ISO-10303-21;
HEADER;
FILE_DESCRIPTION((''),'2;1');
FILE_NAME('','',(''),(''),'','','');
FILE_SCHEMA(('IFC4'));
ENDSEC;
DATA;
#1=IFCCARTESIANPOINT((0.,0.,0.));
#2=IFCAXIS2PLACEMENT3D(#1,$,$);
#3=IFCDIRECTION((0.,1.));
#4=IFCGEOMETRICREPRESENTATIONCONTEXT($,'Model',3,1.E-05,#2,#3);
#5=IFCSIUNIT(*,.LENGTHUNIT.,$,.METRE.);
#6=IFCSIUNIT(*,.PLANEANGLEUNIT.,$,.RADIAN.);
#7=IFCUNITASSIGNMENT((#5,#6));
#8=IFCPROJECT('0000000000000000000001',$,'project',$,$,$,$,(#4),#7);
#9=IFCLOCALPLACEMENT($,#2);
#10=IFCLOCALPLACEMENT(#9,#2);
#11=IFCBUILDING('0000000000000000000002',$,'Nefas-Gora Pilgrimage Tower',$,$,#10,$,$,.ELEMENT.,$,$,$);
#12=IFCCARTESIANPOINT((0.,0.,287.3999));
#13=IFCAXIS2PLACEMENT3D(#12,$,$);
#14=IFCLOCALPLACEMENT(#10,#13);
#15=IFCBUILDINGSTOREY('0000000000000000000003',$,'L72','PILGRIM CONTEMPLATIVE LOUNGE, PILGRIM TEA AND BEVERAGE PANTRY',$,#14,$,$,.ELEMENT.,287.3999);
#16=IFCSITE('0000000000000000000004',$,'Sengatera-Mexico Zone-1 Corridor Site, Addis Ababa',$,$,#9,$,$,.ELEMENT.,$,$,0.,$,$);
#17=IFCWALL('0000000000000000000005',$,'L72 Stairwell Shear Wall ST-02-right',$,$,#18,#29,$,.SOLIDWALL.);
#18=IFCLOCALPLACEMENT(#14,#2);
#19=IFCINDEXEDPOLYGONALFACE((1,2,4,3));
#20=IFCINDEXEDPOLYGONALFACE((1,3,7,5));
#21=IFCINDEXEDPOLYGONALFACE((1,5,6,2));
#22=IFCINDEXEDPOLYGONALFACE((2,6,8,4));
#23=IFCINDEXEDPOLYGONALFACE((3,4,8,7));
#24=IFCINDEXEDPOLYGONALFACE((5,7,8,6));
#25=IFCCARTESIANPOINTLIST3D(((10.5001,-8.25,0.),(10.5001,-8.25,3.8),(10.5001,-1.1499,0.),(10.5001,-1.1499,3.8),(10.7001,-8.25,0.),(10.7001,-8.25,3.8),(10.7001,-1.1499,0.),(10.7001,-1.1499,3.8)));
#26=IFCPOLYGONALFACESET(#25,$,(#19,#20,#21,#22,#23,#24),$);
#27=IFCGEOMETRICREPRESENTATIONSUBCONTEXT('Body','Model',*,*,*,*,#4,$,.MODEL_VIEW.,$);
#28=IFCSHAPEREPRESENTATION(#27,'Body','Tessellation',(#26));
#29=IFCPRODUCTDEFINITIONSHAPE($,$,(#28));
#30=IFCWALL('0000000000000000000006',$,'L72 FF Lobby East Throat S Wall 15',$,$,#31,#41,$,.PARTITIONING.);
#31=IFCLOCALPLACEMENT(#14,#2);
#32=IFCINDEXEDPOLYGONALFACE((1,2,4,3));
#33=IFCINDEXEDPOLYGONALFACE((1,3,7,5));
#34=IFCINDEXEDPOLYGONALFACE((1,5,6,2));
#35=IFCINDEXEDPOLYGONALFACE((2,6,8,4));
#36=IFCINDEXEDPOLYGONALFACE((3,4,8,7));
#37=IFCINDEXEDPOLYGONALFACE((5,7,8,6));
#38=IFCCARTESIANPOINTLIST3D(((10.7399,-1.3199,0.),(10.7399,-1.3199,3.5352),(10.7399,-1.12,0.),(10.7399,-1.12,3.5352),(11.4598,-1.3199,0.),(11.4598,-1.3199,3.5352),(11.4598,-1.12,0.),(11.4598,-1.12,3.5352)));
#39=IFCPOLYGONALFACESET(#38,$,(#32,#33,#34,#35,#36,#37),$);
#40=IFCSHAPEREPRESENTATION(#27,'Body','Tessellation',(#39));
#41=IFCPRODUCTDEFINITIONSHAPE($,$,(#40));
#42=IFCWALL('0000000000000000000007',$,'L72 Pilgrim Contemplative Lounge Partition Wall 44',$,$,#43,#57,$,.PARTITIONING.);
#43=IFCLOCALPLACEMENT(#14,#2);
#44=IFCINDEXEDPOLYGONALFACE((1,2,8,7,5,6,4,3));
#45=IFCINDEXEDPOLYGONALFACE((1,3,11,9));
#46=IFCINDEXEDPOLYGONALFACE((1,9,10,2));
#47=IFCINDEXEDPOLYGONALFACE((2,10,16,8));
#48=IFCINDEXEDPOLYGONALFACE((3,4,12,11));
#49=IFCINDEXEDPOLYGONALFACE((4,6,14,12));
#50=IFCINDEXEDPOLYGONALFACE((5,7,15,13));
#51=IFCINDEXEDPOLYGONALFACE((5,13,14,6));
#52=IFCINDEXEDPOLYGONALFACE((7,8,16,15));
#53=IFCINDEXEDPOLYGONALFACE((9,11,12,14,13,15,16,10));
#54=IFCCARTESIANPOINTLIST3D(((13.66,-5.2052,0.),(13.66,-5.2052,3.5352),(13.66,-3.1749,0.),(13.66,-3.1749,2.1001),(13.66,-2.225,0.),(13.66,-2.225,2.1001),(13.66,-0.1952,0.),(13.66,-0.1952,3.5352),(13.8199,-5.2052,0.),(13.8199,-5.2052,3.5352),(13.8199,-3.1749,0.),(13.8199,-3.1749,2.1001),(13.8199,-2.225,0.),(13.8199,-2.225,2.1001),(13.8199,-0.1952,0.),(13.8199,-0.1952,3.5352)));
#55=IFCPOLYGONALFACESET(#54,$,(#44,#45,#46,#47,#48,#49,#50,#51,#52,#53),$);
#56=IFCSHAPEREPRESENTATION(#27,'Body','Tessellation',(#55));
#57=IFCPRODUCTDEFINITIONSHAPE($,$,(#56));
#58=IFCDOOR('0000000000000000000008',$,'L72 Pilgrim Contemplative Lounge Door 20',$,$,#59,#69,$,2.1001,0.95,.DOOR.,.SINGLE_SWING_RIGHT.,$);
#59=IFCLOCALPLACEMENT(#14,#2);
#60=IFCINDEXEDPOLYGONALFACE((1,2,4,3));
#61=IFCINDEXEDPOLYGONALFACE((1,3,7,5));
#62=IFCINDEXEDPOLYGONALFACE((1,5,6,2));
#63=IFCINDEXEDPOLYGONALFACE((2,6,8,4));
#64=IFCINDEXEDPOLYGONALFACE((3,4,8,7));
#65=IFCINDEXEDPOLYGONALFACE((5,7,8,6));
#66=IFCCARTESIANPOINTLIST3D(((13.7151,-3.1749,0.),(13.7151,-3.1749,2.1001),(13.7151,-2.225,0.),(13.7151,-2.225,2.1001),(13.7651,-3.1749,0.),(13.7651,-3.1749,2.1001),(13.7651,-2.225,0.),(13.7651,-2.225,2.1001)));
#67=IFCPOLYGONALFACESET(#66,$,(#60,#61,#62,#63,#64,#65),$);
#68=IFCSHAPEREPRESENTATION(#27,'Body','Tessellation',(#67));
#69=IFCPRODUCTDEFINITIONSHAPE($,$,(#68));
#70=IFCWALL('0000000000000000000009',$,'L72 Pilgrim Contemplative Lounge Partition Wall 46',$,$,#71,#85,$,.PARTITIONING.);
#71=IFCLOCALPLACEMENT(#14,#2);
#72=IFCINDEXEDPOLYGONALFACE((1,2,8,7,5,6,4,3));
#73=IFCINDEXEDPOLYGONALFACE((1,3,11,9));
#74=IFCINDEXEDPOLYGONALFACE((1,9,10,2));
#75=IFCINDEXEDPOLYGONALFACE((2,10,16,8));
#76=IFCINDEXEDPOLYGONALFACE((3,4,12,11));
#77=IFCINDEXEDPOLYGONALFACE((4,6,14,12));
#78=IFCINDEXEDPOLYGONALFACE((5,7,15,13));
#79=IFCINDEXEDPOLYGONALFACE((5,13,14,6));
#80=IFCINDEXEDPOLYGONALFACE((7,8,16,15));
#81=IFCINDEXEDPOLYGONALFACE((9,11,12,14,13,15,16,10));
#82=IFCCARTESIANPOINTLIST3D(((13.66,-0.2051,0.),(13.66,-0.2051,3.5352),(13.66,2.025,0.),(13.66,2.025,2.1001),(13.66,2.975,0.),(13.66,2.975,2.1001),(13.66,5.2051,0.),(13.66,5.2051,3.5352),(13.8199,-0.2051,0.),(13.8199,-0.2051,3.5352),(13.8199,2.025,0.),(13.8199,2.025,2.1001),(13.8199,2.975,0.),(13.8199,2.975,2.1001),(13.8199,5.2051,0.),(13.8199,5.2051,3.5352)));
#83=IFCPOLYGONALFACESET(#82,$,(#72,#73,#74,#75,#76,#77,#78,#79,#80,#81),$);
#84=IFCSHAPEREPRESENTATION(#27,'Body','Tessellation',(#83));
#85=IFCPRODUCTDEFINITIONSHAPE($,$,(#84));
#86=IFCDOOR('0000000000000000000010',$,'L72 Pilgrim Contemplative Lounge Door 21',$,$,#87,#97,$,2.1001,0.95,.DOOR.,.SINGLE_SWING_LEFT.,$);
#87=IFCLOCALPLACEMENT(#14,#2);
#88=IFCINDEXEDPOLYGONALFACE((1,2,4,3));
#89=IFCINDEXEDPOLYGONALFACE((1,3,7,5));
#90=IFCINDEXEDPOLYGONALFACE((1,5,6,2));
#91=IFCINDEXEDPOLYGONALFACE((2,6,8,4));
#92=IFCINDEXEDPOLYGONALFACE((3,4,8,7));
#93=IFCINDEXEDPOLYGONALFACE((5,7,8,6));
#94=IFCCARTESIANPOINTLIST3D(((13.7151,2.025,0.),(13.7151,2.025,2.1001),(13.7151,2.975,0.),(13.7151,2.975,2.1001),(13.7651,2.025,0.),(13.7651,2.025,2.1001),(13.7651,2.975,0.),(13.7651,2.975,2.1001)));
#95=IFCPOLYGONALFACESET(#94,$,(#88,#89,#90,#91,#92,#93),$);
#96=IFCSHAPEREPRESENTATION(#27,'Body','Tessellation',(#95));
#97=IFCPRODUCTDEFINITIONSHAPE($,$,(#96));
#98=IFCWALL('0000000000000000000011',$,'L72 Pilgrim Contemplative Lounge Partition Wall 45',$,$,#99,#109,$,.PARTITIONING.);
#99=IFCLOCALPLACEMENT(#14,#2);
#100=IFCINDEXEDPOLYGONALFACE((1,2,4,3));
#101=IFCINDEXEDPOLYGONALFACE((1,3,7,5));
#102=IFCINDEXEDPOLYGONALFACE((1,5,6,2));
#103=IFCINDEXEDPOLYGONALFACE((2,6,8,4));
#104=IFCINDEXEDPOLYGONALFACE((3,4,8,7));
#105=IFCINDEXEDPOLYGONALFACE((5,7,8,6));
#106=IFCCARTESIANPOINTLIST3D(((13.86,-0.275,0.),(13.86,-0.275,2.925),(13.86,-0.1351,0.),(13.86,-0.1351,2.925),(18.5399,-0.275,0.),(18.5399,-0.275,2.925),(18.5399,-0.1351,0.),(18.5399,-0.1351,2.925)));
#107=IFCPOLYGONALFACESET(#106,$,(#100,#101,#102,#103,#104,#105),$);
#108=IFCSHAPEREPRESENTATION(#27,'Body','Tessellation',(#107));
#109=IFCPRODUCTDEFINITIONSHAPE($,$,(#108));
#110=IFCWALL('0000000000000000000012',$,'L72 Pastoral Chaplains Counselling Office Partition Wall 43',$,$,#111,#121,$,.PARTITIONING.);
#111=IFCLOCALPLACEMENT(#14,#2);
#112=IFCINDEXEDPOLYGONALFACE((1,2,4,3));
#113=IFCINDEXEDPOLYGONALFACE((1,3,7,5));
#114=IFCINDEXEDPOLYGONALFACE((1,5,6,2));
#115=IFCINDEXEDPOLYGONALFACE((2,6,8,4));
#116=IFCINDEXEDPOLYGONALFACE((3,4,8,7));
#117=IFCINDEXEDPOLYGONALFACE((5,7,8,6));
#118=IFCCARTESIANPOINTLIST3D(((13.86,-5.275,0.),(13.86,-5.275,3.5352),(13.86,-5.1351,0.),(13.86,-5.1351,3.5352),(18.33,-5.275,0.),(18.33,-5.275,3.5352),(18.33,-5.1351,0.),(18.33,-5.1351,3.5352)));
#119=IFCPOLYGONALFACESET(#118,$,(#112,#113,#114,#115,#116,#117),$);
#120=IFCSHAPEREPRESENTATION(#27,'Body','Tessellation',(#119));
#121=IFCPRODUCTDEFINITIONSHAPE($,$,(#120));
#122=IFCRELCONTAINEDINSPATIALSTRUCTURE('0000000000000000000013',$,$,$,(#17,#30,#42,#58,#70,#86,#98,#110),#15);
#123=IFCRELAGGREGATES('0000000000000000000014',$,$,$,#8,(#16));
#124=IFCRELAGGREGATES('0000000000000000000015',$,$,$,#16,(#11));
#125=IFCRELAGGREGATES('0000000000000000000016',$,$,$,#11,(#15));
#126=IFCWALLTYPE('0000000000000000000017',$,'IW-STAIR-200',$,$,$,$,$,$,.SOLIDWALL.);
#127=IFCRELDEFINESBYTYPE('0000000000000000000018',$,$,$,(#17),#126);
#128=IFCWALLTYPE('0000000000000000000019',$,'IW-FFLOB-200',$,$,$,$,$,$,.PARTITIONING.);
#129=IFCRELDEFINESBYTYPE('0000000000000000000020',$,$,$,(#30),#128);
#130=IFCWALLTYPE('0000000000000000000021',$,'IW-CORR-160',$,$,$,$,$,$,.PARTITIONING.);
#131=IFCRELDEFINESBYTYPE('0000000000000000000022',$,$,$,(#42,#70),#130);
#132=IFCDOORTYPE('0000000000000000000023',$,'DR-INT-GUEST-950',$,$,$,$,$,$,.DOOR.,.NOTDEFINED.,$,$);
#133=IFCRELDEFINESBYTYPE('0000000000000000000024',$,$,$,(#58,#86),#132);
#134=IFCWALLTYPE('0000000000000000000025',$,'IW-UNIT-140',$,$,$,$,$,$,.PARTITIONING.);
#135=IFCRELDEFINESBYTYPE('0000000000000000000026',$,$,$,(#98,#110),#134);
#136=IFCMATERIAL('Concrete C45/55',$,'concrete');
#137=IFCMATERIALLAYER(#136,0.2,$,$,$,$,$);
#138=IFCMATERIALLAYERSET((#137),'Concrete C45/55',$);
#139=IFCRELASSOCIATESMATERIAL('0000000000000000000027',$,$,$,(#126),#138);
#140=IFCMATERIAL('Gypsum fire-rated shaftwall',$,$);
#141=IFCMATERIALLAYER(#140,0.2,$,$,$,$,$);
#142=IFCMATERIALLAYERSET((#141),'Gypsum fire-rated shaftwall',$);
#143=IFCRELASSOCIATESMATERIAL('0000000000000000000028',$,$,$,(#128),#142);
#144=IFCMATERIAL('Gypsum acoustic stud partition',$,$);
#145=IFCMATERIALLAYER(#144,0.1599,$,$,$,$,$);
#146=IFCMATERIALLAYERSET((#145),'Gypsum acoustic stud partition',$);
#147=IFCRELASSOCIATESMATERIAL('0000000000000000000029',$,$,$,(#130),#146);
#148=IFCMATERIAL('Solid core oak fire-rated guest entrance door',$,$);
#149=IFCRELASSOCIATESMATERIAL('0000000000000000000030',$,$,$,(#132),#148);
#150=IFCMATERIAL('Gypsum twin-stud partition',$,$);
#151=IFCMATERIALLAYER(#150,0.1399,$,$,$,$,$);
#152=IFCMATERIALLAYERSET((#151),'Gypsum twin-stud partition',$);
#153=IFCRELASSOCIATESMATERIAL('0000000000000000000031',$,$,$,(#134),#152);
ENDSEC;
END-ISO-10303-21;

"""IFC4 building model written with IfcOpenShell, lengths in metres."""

from ifc_helpers import new_model, si_unit, direction, frame, frame_2d, origin, place, context, subcontext, project, spatial, rectangle, extrude, source, transform, mapped, material, layer, layer_set, type_object, element, fill, save


model = new_model("IFC4")

# Units and contexts
model_context = context("Model", 3, precision=1e-05, world=origin(), true_north=direction((0.0, 1.0)))
body_context = subcontext(model_context, "Body", "Model", "MODEL_VIEW")
ifc_project = project(units=[si_unit("LENGTHUNIT", "METRE"), si_unit("PLANEANGLEUNIT", "RADIAN")], contexts=[model_context])

# Site, building, storey
site_placement = place(None, origin())
site = spatial("IfcSite", under=ifc_project, at=site_placement, Name="Sengatera-Mexico Zone-1 Corridor Site, Addis Ababa", CompositionType="ELEMENT", RefElevation=0.0)
building_placement = place(site_placement, origin())
building = spatial("IfcBuilding", under=site, at=building_placement, Name="Nefas-Gora Pilgrimage Tower", CompositionType="ELEMENT")
storey_placement = place(building_placement, frame((0.0, 0.0, 287.3999)))
storey = spatial("IfcBuildingStorey", under=building, at=storey_placement, Name="L72", Description="PILGRIM CONTEMPLATIVE LOUNGE, PILGRIM TEA AND BEVERAGE PANTRY", CompositionType="ELEMENT", Elevation=287.3999)

# Walls
ifc_material_1 = material(Name="Concrete C45/55", Category="concrete")
ifc_layer_1 = layer(ifc_material_1, 0.2)
ifc_layer_set_1 = layer_set([ifc_layer_1], Name="Concrete C45/55")
wall_type_1 = type_object("IfcWallType", Name="IW-STAIR-200", PredefinedType="SOLIDWALL", material=ifc_layer_set_1)
shared_shape_1 = source(origin(), body_context, "Body", "SweptSolid", [
    extrude(rectangle(XDim=7.1001, YDim=0.2, at=frame_2d((3.55, 0.0))), origin(), (0.0, 0.0, 1.0), 3.8),
])
wall_1_placement = place(storey_placement, frame((10.6001, -1.1499, 0.0), z_axis=(0.0, 0.0, 1.0), x_axis=(0.0, -1.0, 0.0)))
element("IfcWall", 1, at=wall_1_placement, inside=storey, type_object=wall_type_1, Name="L72 Stairwell Shear Wall ST-02-right", PredefinedType="SOLIDWALL", context=body_context, shape_type="MappedRepresentation", body=[
    mapped(shared_shape_1, transform((0.0, 0.0, 0.0), x_axis=(1.0, 0.0, 0.0), y_axis=(0.0, 1.0, 0.0), z_axis=(0.0, 0.0, 1.0), scale=1.0)),
])
ifc_material_2 = material(Name="Gypsum fire-rated shaftwall")
ifc_layer_2 = layer(ifc_material_2, 0.2)
ifc_layer_set_2 = layer_set([ifc_layer_2], Name="Gypsum fire-rated shaftwall")
wall_type_2 = type_object("IfcWallType", Name="IW-FFLOB-200", PredefinedType="PARTITIONING", material=ifc_layer_set_2)
shared_shape_2 = source(origin(), body_context, "Body", "SweptSolid", [
    extrude(rectangle(XDim=0.72, YDim=0.2, at=frame_2d((0.3599, 0.0))), origin(), (0.0, 0.0, 1.0), 3.5352),
])
wall_2_placement = place(storey_placement, frame((10.74, -1.22, 0.0), z_axis=(0.0, 0.0, 1.0), x_axis=(1.0, 0.0, 0.0)))
element("IfcWall", 2, at=wall_2_placement, inside=storey, type_object=wall_type_2, Name="L72 FF Lobby East Throat S Wall 15", PredefinedType="PARTITIONING", context=body_context, shape_type="MappedRepresentation", body=[
    mapped(shared_shape_2, transform((0.0, 0.0, 0.0), x_axis=(1.0, 0.0, 0.0), y_axis=(0.0, 1.0, 0.0), z_axis=(0.0, 0.0, 1.0), scale=1.0)),
])

# Walls, openings, doors
ifc_material_3 = material(Name="Gypsum acoustic stud partition")
ifc_layer_3 = layer(ifc_material_3, 0.1599)
ifc_layer_set_3 = layer_set([ifc_layer_3], Name="Gypsum acoustic stud partition")
wall_type_3 = type_object("IfcWallType", Name="IW-CORR-160", PredefinedType="PARTITIONING", material=ifc_layer_set_3)
shared_shape_3 = source(origin(), body_context, "Body", "SweptSolid", [
    extrude(rectangle(XDim=5.01, YDim=0.1599, at=frame_2d((2.5049, 0.0))), origin(), (0.0, 0.0, 1.0), 3.5352),
])
wall_3_placement = place(storey_placement, frame((13.74, -5.2051, 0.0), z_axis=(0.0, 0.0, 1.0), x_axis=(0.0, 1.0, 0.0)))
wall_3 = element("IfcWall", 3, at=wall_3_placement, inside=storey, type_object=wall_type_3, Name="L72 Pilgrim Contemplative Lounge Partition Wall 44", PredefinedType="PARTITIONING", context=body_context, shape_type="MappedRepresentation", body=[
    mapped(shared_shape_3, transform((0.0, 0.0, 0.0), x_axis=(1.0, 0.0, 0.0), y_axis=(0.0, 1.0, 0.0), z_axis=(0.0, 0.0, 1.0), scale=1.0)),
])
opening_1_placement = place(wall_3_placement, frame((2.03, 0.0, 0.0)))
opening_1 = element("IfcOpeningElement", 4, at=opening_1_placement, cuts=wall_3, PredefinedType="OPENING", context=body_context, shape_type="SweptSolid", body=[
    extrude(rectangle(XDim=0.95, YDim=2.1001, at=frame_2d((0.4751, 1.05))), frame((0.0, 0.0898, 0.0), z_axis=(0.0, -1.0, 0.0), x_axis=(1.0, 0.0, 0.0)), (0.0, 0.0, 1.0), 0.1799),
])
ifc_material_4 = material(Name="Solid core oak fire-rated guest entrance door")
door_type_1 = type_object("IfcDoorType", Name="DR-INT-GUEST-950", OperationType="NOTDEFINED", PredefinedType="DOOR", material=ifc_material_4)
shared_shape_4 = source(origin(), body_context, "Body", "SweptSolid", [
    extrude(rectangle(XDim=0.95, YDim=2.1001, at=frame_2d((0.4751, 1.05))), frame((0.0, 0.0249, 0.0), z_axis=(0.0, -1.0, 0.0), x_axis=(1.0, 0.0, 0.0)), (0.0, 0.0, 1.0), 0.05),
])
door_1_placement = place(opening_1_placement, origin())
door_1 = element("IfcDoor", 5, at=door_1_placement, inside=storey, type_object=door_type_1, Name="L72 Pilgrim Contemplative Lounge Door 20", OperationType="SINGLE_SWING_RIGHT", OverallHeight=2.1001, OverallWidth=0.95, PredefinedType="DOOR", context=body_context, shape_type="MappedRepresentation", body=[
    mapped(shared_shape_4, transform((0.0, 0.0, 0.0), x_axis=(1.0, 0.0, 0.0), y_axis=(0.0, 1.0, 0.0), z_axis=(0.0, 0.0, 1.0), scale=1.0)),
])
fill(opening_1, door_1)
shared_shape_5 = source(origin(), body_context, "Body", "SweptSolid", [
    extrude(rectangle(XDim=5.4102, YDim=0.1599, at=frame_2d((2.7051, 0.0))), origin(), (0.0, 0.0, 1.0), 3.5352),
])
wall_4_placement = place(storey_placement, frame((13.74, -0.2051, 0.0), z_axis=(0.0, 0.0, 1.0), x_axis=(0.0, 1.0, 0.0)))
wall_4 = element("IfcWall", 6, at=wall_4_placement, inside=storey, type_object=wall_type_3, Name="L72 Pilgrim Contemplative Lounge Partition Wall 46", PredefinedType="PARTITIONING", context=body_context, shape_type="MappedRepresentation", body=[
    mapped(shared_shape_5, transform((0.0, 0.0, 0.0), x_axis=(1.0, 0.0, 0.0), y_axis=(0.0, 1.0, 0.0), z_axis=(0.0, 0.0, 1.0), scale=1.0)),
])
opening_2_placement = place(wall_4_placement, frame((2.23, 0.0, 0.0)))
opening_2 = element("IfcOpeningElement", 7, at=opening_2_placement, cuts=wall_4, PredefinedType="OPENING", context=body_context, shape_type="SweptSolid", body=[
    extrude(rectangle(XDim=0.95, YDim=2.1001, at=frame_2d((0.4751, 1.05))), frame((0.0, 0.0898, 0.0), z_axis=(0.0, -1.0, 0.0), x_axis=(1.0, 0.0, 0.0)), (0.0, 0.0, 1.0), 0.1799),
])
door_2_placement = place(opening_2_placement, origin())
door_2 = element("IfcDoor", 8, at=door_2_placement, inside=storey, type_object=door_type_1, Name="L72 Pilgrim Contemplative Lounge Door 21", OperationType="SINGLE_SWING_LEFT", OverallHeight=2.1001, OverallWidth=0.95, PredefinedType="DOOR", context=body_context, shape_type="MappedRepresentation", body=[
    mapped(shared_shape_4, transform((0.0, 0.0, 0.0), x_axis=(1.0, 0.0, 0.0), y_axis=(0.0, 1.0, 0.0), z_axis=(0.0, 0.0, 1.0), scale=1.0)),
])
fill(opening_2, door_2)

# Walls
ifc_material_5 = material(Name="Gypsum twin-stud partition")
ifc_layer_4 = layer(ifc_material_5, 0.1399)
ifc_layer_set_4 = layer_set([ifc_layer_4], Name="Gypsum twin-stud partition")
wall_type_4 = type_object("IfcWallType", Name="IW-UNIT-140", PredefinedType="PARTITIONING", material=ifc_layer_set_4)
shared_shape_6 = source(origin(), body_context, "Body", "SweptSolid", [
    extrude(rectangle(XDim=4.6799, YDim=0.1399, at=frame_2d((2.3398, 0.0))), origin(), (0.0, 0.0, 1.0), 2.925),
])
wall_5_placement = place(storey_placement, frame((13.8601, -0.2051, 0.0), z_axis=(0.0, 0.0, 1.0), x_axis=(1.0, 0.0, 0.0)))
element("IfcWall", 9, at=wall_5_placement, inside=storey, type_object=wall_type_4, Name="L72 Pilgrim Contemplative Lounge Partition Wall 45", PredefinedType="PARTITIONING", context=body_context, shape_type="MappedRepresentation", body=[
    mapped(shared_shape_6, transform((0.0, 0.0, 0.0), x_axis=(1.0, 0.0, 0.0), y_axis=(0.0, 1.0, 0.0), z_axis=(0.0, 0.0, 1.0), scale=1.0)),
])
shared_shape_7 = source(origin(), body_context, "Body", "SweptSolid", [
    extrude(rectangle(XDim=4.47, YDim=0.1399, at=frame_2d((2.2349, 0.0))), origin(), (0.0, 0.0, 1.0), 3.5352),
])
wall_6_placement = place(storey_placement, frame((13.8601, -5.2051, 0.0), z_axis=(0.0, 0.0, 1.0), x_axis=(1.0, 0.0, 0.0)))
element("IfcWall", 10, at=wall_6_placement, inside=storey, type_object=wall_type_4, Name="L72 Pastoral Chaplains Counselling Office Partition Wall 43", PredefinedType="PARTITIONING", context=body_context, shape_type="MappedRepresentation", body=[
    mapped(shared_shape_7, transform((0.0, 0.0, 0.0), x_axis=(1.0, 0.0, 0.0), y_axis=(0.0, 1.0, 0.0), z_axis=(0.0, 0.0, 1.0), scale=1.0)),
])

save(model, "model.ifc")
